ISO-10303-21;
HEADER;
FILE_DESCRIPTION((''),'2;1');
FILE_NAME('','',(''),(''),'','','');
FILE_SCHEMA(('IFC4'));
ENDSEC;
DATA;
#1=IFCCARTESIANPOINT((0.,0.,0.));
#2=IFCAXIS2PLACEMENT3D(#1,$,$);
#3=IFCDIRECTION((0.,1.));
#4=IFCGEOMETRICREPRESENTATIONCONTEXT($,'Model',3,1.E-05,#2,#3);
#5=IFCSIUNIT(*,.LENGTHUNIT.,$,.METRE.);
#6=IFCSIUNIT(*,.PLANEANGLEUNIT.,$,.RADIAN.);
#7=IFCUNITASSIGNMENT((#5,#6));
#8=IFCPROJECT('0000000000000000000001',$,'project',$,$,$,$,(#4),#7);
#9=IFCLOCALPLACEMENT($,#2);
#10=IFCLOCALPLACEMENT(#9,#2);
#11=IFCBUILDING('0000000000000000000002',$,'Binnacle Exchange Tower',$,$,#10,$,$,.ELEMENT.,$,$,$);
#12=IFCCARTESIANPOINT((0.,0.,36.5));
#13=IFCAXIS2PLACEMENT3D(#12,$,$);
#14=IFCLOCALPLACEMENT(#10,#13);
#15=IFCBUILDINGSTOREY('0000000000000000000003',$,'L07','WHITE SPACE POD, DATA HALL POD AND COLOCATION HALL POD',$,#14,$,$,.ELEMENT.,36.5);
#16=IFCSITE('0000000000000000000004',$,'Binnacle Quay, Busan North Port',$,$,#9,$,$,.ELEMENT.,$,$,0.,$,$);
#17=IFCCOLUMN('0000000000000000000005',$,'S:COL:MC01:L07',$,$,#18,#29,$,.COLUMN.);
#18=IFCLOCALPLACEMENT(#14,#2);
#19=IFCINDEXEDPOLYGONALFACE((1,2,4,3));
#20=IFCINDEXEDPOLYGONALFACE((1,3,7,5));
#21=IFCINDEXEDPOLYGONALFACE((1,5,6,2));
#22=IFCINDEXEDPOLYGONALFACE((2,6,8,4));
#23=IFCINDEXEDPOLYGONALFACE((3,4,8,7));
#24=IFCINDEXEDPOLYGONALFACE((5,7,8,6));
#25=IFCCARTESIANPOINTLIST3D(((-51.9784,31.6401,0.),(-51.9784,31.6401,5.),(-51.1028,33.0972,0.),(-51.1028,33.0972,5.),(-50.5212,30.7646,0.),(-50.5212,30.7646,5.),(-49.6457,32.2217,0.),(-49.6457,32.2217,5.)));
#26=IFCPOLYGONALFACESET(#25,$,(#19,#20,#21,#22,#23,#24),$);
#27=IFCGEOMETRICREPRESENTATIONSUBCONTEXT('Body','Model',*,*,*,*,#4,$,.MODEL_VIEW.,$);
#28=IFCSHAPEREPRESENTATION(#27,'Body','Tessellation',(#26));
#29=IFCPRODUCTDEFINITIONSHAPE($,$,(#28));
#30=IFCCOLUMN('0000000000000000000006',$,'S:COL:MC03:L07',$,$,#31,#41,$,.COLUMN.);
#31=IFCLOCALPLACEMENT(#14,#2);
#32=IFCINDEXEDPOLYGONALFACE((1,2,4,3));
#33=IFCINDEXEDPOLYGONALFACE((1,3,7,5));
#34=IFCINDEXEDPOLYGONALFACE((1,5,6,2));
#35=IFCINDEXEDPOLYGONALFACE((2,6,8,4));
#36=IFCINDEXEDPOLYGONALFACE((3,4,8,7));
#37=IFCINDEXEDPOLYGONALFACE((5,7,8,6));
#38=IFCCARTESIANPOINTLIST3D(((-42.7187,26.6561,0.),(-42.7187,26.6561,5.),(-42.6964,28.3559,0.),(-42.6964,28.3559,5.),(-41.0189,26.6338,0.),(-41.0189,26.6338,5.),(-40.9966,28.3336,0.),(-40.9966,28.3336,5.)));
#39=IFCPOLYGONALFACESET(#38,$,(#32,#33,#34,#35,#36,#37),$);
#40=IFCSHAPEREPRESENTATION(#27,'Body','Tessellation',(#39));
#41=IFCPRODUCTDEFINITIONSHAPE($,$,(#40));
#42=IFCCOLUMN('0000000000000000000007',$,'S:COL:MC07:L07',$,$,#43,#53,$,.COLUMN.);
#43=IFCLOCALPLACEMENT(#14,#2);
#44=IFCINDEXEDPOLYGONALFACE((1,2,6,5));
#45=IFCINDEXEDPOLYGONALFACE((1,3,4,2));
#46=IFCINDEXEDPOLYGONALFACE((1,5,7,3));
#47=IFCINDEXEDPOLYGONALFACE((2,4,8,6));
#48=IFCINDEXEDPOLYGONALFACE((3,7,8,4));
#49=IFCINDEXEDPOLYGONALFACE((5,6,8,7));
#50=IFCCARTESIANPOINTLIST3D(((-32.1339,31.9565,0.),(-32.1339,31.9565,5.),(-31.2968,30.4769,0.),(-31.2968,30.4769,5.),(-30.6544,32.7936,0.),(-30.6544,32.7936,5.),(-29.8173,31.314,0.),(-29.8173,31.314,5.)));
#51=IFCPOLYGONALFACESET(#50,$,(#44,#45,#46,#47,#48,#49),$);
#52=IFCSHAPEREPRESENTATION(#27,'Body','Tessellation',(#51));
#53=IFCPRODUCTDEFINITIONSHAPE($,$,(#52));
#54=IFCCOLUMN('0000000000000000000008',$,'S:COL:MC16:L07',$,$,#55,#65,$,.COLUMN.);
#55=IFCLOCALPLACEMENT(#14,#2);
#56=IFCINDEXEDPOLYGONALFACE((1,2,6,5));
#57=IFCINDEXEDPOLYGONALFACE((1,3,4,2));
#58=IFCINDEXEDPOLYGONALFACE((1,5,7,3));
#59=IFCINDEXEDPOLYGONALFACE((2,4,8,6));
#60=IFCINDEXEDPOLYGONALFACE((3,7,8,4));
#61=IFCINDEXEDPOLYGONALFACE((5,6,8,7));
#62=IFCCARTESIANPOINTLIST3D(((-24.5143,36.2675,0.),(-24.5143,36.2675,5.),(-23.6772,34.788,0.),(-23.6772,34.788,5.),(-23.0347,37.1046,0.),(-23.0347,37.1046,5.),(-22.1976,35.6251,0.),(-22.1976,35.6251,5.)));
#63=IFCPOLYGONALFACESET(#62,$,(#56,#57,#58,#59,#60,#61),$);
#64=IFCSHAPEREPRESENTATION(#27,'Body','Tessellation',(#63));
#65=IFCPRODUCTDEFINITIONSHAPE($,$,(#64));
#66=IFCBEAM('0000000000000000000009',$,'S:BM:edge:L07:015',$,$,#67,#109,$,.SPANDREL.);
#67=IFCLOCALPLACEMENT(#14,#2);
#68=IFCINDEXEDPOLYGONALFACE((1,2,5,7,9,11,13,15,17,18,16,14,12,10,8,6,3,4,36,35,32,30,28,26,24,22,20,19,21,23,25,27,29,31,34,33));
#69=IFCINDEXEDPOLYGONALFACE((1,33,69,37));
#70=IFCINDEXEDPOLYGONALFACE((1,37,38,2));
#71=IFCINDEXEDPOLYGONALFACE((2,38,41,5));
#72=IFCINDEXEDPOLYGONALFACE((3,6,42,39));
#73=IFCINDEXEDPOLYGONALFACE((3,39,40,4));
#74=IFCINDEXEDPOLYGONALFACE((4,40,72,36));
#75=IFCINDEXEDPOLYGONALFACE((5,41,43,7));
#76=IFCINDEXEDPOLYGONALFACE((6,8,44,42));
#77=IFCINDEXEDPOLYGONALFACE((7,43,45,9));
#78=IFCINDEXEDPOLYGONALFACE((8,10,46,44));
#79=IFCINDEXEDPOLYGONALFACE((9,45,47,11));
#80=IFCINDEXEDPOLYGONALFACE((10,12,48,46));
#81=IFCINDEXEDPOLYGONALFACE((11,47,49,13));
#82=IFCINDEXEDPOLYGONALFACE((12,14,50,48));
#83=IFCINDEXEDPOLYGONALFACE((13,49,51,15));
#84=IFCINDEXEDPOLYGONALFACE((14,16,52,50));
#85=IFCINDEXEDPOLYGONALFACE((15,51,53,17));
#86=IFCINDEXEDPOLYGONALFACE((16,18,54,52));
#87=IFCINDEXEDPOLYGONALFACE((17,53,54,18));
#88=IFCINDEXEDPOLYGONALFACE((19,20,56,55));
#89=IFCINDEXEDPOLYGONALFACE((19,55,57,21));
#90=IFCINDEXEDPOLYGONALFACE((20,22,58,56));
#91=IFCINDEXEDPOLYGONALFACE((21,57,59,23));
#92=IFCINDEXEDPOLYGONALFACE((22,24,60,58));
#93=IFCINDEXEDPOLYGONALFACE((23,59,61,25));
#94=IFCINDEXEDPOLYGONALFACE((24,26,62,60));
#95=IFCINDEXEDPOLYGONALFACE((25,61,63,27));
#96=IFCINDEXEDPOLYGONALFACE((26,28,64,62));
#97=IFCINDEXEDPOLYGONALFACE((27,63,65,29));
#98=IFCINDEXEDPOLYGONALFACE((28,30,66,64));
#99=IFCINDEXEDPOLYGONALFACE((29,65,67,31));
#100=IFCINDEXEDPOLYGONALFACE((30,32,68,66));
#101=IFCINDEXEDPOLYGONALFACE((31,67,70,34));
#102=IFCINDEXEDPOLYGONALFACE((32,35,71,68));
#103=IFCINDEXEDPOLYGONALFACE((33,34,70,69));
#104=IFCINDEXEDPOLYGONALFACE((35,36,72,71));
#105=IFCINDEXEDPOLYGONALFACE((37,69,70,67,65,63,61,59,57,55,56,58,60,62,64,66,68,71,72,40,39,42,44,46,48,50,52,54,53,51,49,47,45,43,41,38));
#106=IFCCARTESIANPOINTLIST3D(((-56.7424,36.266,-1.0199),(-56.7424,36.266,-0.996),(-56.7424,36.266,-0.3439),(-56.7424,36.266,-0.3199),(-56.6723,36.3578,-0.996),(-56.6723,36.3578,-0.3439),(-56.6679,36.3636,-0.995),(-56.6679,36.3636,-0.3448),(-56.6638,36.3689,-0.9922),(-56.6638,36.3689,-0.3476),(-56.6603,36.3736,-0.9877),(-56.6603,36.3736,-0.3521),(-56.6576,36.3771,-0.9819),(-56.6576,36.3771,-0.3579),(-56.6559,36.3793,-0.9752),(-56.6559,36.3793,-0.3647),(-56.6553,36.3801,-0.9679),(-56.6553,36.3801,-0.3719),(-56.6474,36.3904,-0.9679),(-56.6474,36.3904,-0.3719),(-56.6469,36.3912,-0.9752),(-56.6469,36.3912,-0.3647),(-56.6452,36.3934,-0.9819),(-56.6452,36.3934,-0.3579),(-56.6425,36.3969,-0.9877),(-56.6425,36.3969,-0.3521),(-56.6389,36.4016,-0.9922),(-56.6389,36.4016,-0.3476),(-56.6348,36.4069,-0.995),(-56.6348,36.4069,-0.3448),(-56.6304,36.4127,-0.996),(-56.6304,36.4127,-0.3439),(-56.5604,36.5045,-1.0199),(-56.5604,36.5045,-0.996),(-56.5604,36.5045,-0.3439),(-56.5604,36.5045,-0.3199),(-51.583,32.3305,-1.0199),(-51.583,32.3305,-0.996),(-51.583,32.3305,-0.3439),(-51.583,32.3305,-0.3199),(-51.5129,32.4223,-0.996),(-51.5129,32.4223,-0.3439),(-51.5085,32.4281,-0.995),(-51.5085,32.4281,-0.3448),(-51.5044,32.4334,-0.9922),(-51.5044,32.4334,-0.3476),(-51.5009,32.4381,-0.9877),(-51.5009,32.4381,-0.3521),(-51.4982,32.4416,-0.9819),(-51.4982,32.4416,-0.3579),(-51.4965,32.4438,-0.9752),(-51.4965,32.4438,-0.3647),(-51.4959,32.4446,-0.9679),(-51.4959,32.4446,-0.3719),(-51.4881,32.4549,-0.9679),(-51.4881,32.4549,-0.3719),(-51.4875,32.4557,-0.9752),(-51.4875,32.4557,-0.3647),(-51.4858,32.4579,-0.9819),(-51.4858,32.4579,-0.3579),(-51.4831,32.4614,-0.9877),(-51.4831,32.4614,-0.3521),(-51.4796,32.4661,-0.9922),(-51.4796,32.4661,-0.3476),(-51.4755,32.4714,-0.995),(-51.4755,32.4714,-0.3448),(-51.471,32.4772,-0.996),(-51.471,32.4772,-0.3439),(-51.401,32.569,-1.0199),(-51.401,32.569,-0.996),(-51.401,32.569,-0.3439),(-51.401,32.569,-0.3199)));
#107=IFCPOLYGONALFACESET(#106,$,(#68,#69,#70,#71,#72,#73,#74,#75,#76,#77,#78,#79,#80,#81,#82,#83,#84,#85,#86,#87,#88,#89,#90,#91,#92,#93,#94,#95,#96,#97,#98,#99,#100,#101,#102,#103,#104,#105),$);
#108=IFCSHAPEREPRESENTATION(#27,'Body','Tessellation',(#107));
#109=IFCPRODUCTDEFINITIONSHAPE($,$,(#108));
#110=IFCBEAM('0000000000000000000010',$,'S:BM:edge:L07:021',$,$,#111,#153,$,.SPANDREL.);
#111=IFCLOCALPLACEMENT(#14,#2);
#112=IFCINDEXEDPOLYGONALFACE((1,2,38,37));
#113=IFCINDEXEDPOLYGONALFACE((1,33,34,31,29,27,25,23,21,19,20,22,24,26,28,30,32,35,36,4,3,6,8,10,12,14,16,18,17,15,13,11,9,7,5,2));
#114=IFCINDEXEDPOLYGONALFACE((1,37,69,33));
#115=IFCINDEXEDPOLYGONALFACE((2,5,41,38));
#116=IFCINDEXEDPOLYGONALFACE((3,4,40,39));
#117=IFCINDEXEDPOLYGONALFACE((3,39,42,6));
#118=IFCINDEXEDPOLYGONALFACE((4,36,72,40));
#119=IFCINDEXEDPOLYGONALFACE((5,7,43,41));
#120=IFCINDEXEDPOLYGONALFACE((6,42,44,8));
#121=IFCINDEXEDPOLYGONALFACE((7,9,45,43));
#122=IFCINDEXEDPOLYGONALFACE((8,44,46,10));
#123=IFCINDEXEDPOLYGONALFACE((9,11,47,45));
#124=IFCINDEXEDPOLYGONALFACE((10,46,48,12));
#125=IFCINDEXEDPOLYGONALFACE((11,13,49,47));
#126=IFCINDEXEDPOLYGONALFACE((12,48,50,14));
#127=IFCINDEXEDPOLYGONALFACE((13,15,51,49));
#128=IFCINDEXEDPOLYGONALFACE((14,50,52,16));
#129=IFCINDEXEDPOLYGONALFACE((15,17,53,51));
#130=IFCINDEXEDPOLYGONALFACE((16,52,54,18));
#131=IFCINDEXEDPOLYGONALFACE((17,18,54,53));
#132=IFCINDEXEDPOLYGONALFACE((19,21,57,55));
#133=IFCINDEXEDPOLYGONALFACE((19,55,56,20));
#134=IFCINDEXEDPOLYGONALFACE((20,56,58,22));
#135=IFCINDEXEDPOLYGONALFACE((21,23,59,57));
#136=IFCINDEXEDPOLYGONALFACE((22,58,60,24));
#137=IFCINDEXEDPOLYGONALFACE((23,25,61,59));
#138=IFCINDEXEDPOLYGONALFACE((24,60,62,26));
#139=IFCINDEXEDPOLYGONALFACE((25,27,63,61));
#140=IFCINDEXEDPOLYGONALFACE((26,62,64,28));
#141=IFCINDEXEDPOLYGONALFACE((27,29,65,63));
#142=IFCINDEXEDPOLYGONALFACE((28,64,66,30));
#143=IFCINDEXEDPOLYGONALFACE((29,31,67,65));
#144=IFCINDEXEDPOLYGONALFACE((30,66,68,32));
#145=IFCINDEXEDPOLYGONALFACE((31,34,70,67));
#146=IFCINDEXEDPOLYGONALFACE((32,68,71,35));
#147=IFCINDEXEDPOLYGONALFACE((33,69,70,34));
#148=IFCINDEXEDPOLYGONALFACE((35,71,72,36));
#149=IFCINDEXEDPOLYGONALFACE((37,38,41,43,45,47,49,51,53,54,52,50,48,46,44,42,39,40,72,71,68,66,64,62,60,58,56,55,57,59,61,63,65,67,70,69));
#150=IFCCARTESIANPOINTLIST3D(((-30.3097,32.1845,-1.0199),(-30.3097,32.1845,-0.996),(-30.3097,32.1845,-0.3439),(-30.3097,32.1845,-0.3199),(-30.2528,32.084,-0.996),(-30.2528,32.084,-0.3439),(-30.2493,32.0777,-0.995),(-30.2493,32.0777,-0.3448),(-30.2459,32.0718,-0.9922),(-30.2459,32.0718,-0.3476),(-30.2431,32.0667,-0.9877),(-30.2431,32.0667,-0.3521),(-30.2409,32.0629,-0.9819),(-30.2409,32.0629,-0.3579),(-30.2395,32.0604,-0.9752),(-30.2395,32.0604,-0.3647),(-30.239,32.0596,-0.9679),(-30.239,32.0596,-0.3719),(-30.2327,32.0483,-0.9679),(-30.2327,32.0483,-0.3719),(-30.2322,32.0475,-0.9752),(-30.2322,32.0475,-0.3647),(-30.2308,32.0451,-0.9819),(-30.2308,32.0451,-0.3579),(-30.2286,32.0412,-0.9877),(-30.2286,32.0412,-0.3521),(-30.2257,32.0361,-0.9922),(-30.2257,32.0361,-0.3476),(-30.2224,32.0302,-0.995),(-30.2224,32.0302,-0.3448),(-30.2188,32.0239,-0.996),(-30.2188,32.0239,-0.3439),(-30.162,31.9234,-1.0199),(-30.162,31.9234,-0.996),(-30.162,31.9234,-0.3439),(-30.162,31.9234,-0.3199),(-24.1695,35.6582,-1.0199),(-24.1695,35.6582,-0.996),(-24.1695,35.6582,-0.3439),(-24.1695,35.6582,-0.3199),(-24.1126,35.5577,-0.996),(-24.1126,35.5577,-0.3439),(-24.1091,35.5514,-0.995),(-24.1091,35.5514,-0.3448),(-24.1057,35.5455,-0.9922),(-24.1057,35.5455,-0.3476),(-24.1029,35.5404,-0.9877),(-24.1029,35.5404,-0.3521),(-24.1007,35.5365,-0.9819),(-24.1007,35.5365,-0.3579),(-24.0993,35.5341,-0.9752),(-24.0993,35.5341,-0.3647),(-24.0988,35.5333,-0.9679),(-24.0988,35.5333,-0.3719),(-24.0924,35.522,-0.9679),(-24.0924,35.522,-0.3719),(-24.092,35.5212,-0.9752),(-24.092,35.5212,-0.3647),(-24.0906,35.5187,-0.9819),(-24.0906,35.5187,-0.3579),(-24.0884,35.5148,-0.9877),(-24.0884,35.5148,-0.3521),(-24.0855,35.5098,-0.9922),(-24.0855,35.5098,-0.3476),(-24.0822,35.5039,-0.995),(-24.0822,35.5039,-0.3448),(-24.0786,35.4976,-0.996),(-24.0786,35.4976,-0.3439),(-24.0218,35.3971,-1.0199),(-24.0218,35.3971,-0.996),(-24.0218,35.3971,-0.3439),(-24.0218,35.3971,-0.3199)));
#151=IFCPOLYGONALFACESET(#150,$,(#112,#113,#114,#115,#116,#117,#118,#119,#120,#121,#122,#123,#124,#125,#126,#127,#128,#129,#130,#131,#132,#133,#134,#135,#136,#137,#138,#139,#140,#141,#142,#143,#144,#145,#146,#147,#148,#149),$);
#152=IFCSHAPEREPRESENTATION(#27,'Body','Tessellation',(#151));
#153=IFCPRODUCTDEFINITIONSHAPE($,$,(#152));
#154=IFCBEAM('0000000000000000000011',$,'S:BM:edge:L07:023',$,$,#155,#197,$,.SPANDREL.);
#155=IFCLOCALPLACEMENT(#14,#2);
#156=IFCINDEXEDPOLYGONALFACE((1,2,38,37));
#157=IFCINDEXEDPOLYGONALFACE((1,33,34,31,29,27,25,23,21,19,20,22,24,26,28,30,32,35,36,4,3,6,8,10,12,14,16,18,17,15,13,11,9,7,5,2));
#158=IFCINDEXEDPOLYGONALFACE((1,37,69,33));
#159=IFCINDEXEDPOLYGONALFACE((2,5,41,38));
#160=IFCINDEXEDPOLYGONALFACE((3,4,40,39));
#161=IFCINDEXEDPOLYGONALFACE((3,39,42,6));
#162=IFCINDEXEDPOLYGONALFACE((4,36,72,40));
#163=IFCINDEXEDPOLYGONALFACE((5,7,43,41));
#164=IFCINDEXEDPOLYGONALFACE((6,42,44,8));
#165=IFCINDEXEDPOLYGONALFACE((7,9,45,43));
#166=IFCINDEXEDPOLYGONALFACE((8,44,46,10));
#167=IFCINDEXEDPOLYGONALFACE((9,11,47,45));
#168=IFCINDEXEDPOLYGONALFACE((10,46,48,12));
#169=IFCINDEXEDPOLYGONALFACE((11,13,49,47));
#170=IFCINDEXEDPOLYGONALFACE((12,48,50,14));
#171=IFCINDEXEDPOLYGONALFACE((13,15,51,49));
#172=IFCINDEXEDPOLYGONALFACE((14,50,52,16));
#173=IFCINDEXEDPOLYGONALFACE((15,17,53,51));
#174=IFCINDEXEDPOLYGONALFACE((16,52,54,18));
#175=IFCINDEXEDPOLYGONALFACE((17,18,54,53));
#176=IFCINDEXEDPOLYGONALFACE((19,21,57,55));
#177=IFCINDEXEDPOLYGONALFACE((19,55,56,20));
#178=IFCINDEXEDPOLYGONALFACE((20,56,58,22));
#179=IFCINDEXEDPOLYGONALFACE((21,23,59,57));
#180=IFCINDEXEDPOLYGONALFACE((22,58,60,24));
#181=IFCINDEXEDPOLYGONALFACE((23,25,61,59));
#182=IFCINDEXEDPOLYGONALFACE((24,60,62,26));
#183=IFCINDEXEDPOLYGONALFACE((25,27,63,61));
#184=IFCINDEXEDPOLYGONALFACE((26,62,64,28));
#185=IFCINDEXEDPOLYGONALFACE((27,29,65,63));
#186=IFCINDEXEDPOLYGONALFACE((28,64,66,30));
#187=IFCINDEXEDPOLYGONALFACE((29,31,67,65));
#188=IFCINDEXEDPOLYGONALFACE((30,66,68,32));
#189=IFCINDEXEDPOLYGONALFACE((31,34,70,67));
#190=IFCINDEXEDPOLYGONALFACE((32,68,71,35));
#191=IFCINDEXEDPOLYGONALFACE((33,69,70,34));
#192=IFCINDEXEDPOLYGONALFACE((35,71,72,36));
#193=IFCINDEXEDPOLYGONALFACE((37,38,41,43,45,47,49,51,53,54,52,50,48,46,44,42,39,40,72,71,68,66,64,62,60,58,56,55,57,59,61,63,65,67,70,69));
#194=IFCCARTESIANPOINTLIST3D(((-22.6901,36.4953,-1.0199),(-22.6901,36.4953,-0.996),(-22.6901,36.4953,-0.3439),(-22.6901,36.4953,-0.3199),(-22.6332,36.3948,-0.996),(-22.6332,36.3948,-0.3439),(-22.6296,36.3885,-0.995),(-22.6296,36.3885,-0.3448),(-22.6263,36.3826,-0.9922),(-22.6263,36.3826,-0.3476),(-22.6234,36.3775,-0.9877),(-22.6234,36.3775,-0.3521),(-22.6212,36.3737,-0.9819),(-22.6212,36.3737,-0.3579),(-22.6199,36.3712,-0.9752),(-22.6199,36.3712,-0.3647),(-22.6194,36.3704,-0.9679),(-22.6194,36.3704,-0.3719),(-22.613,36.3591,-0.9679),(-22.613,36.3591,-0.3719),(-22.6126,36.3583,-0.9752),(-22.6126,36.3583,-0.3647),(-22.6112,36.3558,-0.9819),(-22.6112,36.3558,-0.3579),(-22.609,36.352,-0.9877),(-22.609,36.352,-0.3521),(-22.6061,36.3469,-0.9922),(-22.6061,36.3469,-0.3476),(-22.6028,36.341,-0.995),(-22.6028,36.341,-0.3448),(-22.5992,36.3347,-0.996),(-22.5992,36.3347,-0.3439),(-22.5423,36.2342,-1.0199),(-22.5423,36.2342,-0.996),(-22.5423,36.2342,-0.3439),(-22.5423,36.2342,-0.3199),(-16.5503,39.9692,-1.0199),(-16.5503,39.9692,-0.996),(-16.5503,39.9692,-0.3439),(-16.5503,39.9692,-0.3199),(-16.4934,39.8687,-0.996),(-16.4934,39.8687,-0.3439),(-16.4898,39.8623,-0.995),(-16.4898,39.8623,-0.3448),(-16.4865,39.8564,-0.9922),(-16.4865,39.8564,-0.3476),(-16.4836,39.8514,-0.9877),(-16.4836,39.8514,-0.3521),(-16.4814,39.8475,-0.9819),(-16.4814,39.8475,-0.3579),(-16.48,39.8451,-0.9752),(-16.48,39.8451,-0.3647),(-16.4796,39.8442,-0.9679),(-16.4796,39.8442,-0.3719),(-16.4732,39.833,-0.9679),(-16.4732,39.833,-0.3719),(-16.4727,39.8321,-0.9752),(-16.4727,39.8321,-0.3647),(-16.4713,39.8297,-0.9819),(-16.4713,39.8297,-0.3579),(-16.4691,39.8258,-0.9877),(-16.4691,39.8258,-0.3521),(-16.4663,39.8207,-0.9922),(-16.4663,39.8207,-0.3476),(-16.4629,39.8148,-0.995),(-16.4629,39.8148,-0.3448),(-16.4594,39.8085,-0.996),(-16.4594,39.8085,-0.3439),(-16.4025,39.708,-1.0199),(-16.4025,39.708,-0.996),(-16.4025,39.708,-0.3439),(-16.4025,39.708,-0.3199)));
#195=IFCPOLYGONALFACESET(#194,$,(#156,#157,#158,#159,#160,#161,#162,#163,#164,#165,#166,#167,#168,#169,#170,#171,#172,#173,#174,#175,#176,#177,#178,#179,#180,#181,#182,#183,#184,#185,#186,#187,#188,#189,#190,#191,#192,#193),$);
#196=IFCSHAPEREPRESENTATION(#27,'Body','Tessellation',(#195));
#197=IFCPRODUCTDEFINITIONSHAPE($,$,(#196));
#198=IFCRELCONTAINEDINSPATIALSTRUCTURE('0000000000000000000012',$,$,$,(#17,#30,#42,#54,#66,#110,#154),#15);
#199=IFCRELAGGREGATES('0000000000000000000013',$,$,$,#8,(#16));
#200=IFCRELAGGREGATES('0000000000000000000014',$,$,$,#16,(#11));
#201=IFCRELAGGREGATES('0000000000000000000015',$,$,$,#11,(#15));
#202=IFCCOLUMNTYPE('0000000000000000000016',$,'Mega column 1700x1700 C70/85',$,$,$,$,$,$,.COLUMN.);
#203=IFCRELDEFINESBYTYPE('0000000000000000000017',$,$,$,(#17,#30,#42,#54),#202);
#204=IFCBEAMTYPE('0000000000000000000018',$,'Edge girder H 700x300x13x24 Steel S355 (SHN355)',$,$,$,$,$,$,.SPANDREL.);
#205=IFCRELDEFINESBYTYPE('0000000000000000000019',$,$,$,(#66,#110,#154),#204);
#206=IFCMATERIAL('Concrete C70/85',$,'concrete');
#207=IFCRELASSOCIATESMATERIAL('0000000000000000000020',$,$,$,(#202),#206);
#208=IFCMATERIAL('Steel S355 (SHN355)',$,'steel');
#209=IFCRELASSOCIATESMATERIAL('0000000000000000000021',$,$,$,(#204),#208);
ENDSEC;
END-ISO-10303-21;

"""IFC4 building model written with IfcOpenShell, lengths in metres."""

from ifc_helpers import new_model, si_unit, direction, frame, origin, origin_2d, place, context, subcontext, project, spatial, rectangle, i_section, extrude, material, material_profile, profile_set, type_object, element, save


model = new_model("IFC4")

# Units and contexts
model_context = context("Model", 3, precision=1e-05, world=origin(), true_north=direction((0.0, 1.0)))
body_context = subcontext(model_context, "Body", "Model", "MODEL_VIEW")
ifc_project = project(units=[si_unit("LENGTHUNIT", "METRE"), si_unit("PLANEANGLEUNIT", "RADIAN")], contexts=[model_context])

# Site, building, storey
site_placement = place(None, origin())
site = spatial("IfcSite", under=ifc_project, at=site_placement, Name="Binnacle Quay, Busan North Port", CompositionType="ELEMENT", RefElevation=0.0)
building_placement = place(site_placement, origin())
building = spatial("IfcBuilding", under=site, at=building_placement, Name="Binnacle Exchange Tower", CompositionType="ELEMENT")
storey_placement = place(building_placement, frame((0.0, 0.0, 36.5)))
storey = spatial("IfcBuildingStorey", under=building, at=storey_placement, Name="L07", Description="WHITE SPACE POD, DATA HALL POD AND COLOCATION HALL POD", CompositionType="ELEMENT", Elevation=36.5)

# Columns
ifc_material_1 = material(Name="Concrete C70/85", Category="concrete")
ifc_material_profile_1 = material_profile(ifc_material_1, rectangle(XDim=1.7, YDim=1.7, at=origin_2d()), Name="Mega column 1700x1700 C70/85")
ifc_profile_set_1 = profile_set([ifc_material_profile_1], Name="Concrete C70/85")
column_type = type_object("IfcColumnType", Name="Mega column 1700x1700 C70/85", PredefinedType="COLUMN", material=ifc_profile_set_1)
for number, where, z_axis, x_axis, name in (
    (1, (-50.812, 31.9309, 0.0), (0.0, 0.0, 1.0), (0.857167, -0.515038, 0.0), "S:COL:MC01:L07"),
    (2, (-41.8577, 27.4949, 0.0), (0.0, 0.0, 1.0), (0.999914, -0.01309, 0.0), "S:COL:MC03:L07"),
    (3, (-30.9756, 31.6353, 0.0), (0.0, 0.0, 1.0), (0.870356, 0.492424, 0.0), "S:COL:MC07:L07"),
    (4, (-23.356, 35.9463, 0.0), (0.0, 0.0, 1.0), (0.870356, 0.492424, 0.0), "S:COL:MC16:L07"),
):
    element("IfcColumn", number, at=place(storey_placement, frame(where, z_axis=z_axis, x_axis=x_axis)), inside=storey, type_object=column_type, Name=name, PredefinedType="COLUMN", context=body_context, shape_type="SweptSolid", body=[
        extrude(rectangle(XDim=1.7, YDim=1.7, at=origin_2d()), origin(), (0.0, 0.0, 1.0), 5.0),
    ])

# Beams
ifc_material_2 = material(Name="Steel S355 (SHN355)", Category="steel")
ifc_material_profile_2 = material_profile(ifc_material_2, i_section(OverallWidth=0.3, OverallDepth=0.7, WebThickness=0.0129, FlangeThickness=0.0239, FilletRadius=0.0281, at=origin_2d()), Name="H 700x300x13x24")
ifc_profile_set_2 = profile_set([ifc_material_profile_2], Name="Steel S355 (SHN355)")
beam_type_1 = type_object("IfcBeamType", Name="Edge girder H 700x300x13x24 Steel S355 (SHN355)", PredefinedType="SPANDREL", material=ifc_profile_set_2)
beam_1_placement = place(storey_placement, frame((-56.6514, 36.3853, -0.6699), z_axis=(0.795093, -0.606487, 0.0), x_axis=(0.606487, 0.795093, 0.0)))
element("IfcBeam", 5, at=beam_1_placement, inside=storey, type_object=beam_type_1, Name="S:BM:edge:L07:015", PredefinedType="SPANDREL", context=body_context, shape_type="SweptSolid", body=[
    extrude(i_section(OverallWidth=0.3, OverallDepth=0.7, WebThickness=0.0129, FlangeThickness=0.0239, FilletRadius=0.0281, at=origin_2d()), origin(), (0.0, 0.0, 1.0), 6.489),
])
beam_2_placement = place(storey_placement, frame((-30.2358, 32.054, -0.6699), z_axis=(0.870373, 0.492392, 0.0), x_axis=(-0.492392, 0.870373, 0.0)))
element("IfcBeam", 6, at=beam_2_placement, inside=storey, type_object=beam_type_1, Name="S:BM:edge:L07:021", PredefinedType="SPANDREL", context=body_context, shape_type="SweptSolid", body=[
    extrude(i_section(OverallWidth=0.3, OverallDepth=0.7, WebThickness=0.0129, FlangeThickness=0.0239, FilletRadius=0.0281, at=origin_2d()), origin(), (0.0, 0.0, 1.0), 7.0547),
])
beam_3_placement = place(storey_placement, frame((-22.6162, 36.3647, -0.6699), z_axis=(0.87035, 0.492434, 0.0), x_axis=(-0.492434, 0.87035, 0.0)))
element("IfcBeam", 7, at=beam_3_placement, inside=storey, type_object=beam_type_1, Name="S:BM:edge:L07:023", PredefinedType="SPANDREL", context=body_context, shape_type="SweptSolid", body=[
    extrude(i_section(OverallWidth=0.3, OverallDepth=0.7, WebThickness=0.0129, FlangeThickness=0.0239, FilletRadius=0.0281, at=origin_2d()), origin(), (0.0, 0.0, 1.0), 7.0544),
])

save(model, "model.ifc")
